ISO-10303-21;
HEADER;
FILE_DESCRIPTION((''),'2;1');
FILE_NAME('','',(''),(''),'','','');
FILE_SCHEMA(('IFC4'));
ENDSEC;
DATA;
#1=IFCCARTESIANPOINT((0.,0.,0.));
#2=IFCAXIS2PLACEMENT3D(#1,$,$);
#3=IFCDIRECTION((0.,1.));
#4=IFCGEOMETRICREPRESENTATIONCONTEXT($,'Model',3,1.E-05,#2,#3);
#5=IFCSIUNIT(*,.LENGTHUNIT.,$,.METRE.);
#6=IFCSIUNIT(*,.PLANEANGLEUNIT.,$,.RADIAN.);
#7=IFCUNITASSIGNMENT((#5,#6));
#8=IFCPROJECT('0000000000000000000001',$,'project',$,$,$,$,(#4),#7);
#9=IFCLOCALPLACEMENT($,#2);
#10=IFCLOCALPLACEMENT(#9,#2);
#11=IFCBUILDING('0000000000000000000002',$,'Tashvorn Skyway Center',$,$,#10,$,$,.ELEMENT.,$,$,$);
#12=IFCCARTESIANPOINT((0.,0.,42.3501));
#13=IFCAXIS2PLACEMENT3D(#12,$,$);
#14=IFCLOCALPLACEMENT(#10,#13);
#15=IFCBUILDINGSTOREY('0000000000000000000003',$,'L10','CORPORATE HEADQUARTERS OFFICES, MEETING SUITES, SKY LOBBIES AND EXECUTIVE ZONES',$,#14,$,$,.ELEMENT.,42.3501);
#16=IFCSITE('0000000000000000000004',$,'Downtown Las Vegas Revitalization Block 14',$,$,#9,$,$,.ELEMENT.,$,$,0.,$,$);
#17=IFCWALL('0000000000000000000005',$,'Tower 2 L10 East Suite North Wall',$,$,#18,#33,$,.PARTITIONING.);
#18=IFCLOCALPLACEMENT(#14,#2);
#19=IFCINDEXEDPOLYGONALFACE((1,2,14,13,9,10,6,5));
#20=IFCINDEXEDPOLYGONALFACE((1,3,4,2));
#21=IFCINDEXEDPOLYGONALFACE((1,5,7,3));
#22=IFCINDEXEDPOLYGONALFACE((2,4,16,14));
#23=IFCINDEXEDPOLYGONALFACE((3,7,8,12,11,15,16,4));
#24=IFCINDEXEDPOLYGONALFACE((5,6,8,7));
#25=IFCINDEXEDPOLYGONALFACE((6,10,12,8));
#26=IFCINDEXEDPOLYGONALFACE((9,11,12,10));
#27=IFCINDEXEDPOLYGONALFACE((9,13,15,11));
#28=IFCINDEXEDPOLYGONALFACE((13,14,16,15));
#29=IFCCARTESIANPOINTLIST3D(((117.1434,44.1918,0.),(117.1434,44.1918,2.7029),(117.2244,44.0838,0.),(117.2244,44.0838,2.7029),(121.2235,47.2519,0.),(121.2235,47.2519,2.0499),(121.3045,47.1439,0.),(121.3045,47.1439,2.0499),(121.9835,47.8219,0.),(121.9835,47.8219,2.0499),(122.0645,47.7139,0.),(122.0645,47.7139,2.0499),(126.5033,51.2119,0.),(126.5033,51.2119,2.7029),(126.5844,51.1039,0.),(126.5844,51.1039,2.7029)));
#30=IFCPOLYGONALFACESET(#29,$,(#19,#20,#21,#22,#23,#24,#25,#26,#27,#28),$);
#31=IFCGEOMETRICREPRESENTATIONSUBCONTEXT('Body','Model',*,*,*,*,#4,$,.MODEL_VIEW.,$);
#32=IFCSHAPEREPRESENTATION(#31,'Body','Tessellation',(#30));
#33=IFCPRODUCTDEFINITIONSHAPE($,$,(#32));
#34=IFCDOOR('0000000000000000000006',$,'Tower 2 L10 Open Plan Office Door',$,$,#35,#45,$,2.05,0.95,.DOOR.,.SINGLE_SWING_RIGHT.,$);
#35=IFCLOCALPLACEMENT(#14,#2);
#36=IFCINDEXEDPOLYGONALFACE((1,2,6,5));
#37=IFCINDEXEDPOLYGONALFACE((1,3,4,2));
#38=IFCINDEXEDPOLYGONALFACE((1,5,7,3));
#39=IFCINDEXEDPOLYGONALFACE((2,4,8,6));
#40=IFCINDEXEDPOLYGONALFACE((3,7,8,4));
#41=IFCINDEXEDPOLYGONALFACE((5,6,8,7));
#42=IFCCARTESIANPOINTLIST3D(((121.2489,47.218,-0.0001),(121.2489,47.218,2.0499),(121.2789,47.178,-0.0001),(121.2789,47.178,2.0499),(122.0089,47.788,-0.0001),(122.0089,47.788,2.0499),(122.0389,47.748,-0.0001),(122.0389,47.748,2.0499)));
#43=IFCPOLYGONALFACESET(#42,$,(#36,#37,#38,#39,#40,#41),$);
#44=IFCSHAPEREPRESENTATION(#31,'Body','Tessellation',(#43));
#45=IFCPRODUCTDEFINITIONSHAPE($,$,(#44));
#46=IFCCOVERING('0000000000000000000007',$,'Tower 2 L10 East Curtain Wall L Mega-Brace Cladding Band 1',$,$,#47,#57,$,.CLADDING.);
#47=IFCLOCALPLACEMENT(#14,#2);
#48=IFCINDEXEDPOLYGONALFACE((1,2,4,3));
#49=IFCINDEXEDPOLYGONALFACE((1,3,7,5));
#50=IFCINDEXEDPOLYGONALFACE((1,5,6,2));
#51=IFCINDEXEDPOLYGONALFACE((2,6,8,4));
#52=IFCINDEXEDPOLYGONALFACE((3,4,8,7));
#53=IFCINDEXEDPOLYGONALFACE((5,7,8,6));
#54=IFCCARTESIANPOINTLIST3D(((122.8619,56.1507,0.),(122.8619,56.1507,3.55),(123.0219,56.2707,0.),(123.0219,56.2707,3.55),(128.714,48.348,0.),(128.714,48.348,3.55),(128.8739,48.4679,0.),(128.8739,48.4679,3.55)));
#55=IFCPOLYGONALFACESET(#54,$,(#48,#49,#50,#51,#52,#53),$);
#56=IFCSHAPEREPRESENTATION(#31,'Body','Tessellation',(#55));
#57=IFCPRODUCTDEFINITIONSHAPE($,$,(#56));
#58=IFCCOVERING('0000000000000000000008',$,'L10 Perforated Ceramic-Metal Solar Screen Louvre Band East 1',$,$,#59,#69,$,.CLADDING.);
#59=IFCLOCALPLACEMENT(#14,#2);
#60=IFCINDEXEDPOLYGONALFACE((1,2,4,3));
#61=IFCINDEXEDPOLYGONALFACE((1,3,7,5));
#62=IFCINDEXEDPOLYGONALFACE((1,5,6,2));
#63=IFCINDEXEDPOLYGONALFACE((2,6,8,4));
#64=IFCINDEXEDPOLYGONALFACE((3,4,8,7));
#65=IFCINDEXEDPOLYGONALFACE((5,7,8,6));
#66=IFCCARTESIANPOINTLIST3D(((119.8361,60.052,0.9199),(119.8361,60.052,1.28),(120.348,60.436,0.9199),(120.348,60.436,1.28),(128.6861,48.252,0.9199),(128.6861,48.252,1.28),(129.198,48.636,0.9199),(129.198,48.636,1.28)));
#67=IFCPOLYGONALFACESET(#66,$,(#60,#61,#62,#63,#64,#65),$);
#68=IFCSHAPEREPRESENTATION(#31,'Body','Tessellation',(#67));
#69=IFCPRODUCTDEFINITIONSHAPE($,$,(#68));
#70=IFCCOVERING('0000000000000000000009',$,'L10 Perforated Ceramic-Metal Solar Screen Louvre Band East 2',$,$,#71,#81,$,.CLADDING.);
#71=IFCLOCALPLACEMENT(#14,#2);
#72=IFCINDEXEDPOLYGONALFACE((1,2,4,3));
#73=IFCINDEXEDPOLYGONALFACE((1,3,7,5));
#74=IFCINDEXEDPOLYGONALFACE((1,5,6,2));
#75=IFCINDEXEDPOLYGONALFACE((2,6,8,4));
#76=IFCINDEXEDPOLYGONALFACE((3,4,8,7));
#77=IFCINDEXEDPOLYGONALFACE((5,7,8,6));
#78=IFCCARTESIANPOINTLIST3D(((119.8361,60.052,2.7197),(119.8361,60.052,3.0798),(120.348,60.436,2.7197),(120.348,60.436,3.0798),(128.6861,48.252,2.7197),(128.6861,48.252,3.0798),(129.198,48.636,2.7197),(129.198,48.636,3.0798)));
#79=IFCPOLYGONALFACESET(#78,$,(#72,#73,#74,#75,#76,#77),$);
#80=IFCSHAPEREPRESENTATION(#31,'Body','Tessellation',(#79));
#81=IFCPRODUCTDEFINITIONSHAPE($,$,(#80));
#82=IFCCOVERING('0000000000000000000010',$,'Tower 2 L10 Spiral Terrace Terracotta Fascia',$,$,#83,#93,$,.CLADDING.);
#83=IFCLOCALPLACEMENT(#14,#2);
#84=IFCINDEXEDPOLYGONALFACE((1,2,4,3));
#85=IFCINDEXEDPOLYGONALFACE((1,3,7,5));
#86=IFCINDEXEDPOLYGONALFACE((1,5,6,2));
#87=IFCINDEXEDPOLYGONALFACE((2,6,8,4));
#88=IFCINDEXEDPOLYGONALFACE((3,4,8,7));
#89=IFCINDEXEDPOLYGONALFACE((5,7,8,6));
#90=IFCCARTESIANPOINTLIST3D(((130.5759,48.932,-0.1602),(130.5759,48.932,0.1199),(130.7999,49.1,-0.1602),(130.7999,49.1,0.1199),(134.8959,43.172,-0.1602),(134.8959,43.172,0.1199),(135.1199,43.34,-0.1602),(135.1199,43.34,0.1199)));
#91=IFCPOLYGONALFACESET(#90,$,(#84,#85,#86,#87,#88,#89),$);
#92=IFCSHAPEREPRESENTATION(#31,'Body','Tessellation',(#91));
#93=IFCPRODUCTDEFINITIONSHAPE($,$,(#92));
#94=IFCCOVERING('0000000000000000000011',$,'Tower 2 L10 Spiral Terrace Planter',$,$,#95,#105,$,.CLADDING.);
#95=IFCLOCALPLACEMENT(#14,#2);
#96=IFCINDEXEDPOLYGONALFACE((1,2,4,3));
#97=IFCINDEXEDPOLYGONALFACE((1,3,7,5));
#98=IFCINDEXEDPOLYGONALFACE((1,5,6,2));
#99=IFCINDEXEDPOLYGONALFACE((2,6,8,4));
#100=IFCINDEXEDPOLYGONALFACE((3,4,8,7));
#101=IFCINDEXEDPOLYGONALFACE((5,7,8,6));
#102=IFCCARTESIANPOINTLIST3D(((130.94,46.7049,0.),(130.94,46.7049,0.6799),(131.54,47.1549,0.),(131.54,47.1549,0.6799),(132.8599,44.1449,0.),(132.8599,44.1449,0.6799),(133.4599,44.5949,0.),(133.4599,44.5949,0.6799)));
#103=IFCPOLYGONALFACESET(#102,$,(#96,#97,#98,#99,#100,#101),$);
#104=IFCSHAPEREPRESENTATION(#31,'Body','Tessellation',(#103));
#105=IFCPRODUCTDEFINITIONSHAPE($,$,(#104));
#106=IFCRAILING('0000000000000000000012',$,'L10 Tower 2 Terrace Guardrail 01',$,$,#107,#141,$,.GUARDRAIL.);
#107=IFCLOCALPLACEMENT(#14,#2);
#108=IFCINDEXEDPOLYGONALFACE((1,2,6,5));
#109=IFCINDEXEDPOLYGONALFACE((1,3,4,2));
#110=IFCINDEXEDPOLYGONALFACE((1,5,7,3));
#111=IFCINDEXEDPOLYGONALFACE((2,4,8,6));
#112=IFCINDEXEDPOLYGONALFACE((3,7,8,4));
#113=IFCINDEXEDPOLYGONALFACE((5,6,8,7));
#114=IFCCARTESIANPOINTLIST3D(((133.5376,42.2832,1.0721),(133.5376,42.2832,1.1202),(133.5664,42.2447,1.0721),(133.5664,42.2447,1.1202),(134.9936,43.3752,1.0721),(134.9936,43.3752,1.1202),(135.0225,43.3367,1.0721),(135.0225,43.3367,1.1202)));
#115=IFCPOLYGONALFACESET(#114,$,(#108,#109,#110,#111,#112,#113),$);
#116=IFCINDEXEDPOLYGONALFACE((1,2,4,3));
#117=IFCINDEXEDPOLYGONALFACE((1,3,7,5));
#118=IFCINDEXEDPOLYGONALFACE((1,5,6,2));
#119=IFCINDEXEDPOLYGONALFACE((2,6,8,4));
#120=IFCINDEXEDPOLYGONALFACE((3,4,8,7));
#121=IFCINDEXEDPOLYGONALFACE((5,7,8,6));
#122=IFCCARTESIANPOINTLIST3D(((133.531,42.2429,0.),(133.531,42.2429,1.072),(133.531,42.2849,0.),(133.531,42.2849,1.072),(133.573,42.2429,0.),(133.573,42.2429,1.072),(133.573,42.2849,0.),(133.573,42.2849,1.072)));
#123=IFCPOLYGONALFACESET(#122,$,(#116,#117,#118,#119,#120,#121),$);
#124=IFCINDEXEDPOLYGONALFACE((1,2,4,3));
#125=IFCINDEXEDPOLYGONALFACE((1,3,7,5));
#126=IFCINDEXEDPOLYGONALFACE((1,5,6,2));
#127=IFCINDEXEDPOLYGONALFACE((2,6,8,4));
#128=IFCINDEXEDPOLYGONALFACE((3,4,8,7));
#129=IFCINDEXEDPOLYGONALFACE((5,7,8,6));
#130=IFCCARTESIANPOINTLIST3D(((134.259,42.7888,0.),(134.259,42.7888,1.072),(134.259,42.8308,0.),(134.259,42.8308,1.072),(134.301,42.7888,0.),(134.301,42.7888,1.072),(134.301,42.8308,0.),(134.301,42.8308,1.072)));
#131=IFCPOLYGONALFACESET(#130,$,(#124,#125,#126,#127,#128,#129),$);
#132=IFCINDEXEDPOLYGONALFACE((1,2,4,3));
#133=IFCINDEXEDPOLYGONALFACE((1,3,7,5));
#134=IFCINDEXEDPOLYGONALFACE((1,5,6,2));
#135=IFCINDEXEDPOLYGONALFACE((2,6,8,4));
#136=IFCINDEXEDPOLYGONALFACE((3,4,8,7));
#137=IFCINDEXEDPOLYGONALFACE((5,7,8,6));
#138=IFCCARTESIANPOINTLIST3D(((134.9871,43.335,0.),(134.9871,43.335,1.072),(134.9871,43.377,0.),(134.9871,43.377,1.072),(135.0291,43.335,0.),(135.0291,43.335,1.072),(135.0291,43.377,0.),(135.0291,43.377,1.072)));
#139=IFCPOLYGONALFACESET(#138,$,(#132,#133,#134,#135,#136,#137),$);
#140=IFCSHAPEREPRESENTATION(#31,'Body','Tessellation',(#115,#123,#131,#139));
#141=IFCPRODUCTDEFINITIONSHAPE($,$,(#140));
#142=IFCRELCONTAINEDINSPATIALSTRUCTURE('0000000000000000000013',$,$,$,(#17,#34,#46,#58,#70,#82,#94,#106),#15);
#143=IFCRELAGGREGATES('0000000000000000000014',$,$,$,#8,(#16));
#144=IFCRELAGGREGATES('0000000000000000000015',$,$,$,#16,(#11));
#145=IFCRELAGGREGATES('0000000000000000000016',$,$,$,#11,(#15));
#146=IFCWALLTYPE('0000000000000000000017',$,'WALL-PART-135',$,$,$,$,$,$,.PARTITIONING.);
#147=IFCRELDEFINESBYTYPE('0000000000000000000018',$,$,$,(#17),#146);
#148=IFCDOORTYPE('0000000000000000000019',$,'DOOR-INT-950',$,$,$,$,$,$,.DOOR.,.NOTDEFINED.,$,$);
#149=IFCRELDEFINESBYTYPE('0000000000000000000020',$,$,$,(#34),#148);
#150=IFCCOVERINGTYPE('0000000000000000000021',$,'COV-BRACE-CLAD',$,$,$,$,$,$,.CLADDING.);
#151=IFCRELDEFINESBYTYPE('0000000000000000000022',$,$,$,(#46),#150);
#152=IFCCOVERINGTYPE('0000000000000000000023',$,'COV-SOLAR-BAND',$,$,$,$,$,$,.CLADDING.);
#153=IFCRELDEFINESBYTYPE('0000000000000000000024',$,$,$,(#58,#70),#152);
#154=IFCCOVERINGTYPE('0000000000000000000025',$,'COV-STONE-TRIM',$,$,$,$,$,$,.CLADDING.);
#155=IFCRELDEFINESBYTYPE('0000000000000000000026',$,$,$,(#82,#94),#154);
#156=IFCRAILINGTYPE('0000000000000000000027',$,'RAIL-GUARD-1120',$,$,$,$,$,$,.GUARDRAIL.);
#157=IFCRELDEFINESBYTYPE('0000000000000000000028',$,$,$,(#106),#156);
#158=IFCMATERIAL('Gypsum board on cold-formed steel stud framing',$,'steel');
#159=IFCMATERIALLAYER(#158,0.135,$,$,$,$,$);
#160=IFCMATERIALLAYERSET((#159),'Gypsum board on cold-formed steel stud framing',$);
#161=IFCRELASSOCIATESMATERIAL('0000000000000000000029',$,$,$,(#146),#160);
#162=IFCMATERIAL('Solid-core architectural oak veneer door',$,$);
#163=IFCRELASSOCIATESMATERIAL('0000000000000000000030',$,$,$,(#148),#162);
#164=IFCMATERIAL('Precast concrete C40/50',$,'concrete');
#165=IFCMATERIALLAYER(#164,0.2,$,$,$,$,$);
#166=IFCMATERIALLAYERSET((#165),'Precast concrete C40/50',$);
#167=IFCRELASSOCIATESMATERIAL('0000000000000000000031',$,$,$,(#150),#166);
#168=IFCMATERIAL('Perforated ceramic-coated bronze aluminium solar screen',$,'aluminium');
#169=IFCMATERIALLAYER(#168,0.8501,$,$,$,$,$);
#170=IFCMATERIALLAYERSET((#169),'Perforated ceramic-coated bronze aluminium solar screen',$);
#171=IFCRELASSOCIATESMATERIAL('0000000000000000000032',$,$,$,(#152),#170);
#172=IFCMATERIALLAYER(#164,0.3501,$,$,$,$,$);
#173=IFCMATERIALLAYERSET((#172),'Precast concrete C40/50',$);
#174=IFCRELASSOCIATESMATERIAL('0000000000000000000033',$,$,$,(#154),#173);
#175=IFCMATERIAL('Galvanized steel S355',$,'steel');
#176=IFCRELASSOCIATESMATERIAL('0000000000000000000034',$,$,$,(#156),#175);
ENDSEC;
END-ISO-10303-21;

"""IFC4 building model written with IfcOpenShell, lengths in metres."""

from ifc_helpers import new_model, si_unit, direction, frame, frame_2d, origin, origin_2d, place, context, subcontext, project, spatial, rectangle, extrude, material, layer, layer_set, type_object, element, fill, save


model = new_model("IFC4")

# Units and contexts
model_context = context("Model", 3, precision=1e-05, world=origin(), true_north=direction((0.0, 1.0)))
body_context = subcontext(model_context, "Body", "Model", "MODEL_VIEW")
ifc_project = project(units=[si_unit("LENGTHUNIT", "METRE"), si_unit("PLANEANGLEUNIT", "RADIAN")], contexts=[model_context])

# Site, building, storey
site_placement = place(None, origin())
site = spatial("IfcSite", under=ifc_project, at=site_placement, Name="Downtown Las Vegas Revitalization Block 14", CompositionType="ELEMENT", RefElevation=0.0)
building_placement = place(site_placement, origin())
building = spatial("IfcBuilding", under=site, at=building_placement, Name="Tashvorn Skyway Center", CompositionType="ELEMENT")
storey_placement = place(building_placement, frame((0.0, 0.0, 42.3501)))
storey = spatial("IfcBuildingStorey", under=building, at=storey_placement, Name="L10", Description="CORPORATE HEADQUARTERS OFFICES, MEETING SUITES, SKY LOBBIES AND EXECUTIVE ZONES", CompositionType="ELEMENT", Elevation=42.3501)

# Shared definitions
ifc_material_1 = material(Name="Precast concrete C40/50", Category="concrete")

# Shared definitions
ifc_material_2 = material(Name="Gypsum board on cold-formed steel stud framing", Category="steel")
ifc_layer_1 = layer(ifc_material_2, 0.135)
ifc_layer_set_1 = layer_set([ifc_layer_1], Name="Gypsum board on cold-formed steel stud framing")
wall_type_1 = type_object("IfcWallType", Name="WALL-PART-135", PredefinedType="PARTITIONING", material=ifc_layer_set_1)

# Wall, opening, door
wall_1_placement = place(storey_placement, frame((126.5439, 51.158, 0.0), z_axis=(0.0, 0.0, 1.0), x_axis=(-0.799995, -0.600007, 0.0)))
wall_1 = element("IfcWall", 1, at=wall_1_placement, inside=storey, type_object=wall_type_1, Name="Tower 2 L10 East Suite North Wall", PredefinedType="PARTITIONING", context=body_context, shape_type="SweptSolid", body=[
    extrude(rectangle(XDim=11.7, YDim=0.135, at=frame_2d((5.8501, 0.0))), origin(), (0.0, 0.0, 1.0), 2.7029),
])
opening_1_placement = place(wall_1_placement, frame((5.6499, 0.0, 0.0)))
opening_1 = element("IfcOpeningElement", 2, at=opening_1_placement, cuts=wall_1, PredefinedType="OPENING", context=body_context, shape_type="SweptSolid", body=[
    extrude(rectangle(XDim=0.95, YDim=2.05, at=frame_2d((0.4751, 1.0249))), frame((0.0, 0.0774, 0.0), z_axis=(0.0, -1.0, 0.0), x_axis=(1.0, 0.0, 0.0)), (0.0, 0.0, 1.0), 0.155),
])
ifc_material_3 = material(Name="Solid-core architectural oak veneer door")
door_type_1 = type_object("IfcDoorType", Name="DOOR-INT-950", OperationType="NOTDEFINED", PredefinedType="DOOR", material=ifc_material_3)
door_1_placement = place(opening_1_placement, origin())
door_1 = element("IfcDoor", 3, at=door_1_placement, inside=storey, type_object=door_type_1, Name="Tower 2 L10 Open Plan Office Door", OperationType="SINGLE_SWING_RIGHT", OverallHeight=2.05, OverallWidth=0.95, PredefinedType="DOOR", context=body_context, shape_type="SweptSolid", body=[
    extrude(rectangle(XDim=0.95, YDim=2.05, at=frame_2d((0.4751, 1.0249))), frame((0.0, 0.0249, 0.0), z_axis=(0.0, -1.0, 0.0), x_axis=(1.0, 0.0, 0.0)), (0.0, 0.0, 1.0), 0.05),
])
fill(opening_1, door_1)

# Coverings
ifc_layer_2 = layer(ifc_material_1, 0.2)
ifc_layer_set_2 = layer_set([ifc_layer_2], Name="Precast concrete C40/50")
covering_type_1 = type_object("IfcCoveringType", Name="COV-BRACE-CLAD", PredefinedType="CLADDING", material=ifc_layer_set_2)
covering_1_placement = place(storey_placement, frame((125.8679, 52.3093, 0.0), z_axis=(0.0, 0.0, 1.0), x_axis=(0.6, -0.8, 0.0)))
element("IfcCovering", 4, at=covering_1_placement, inside=storey, type_object=covering_type_1, Name="Tower 2 L10 East Curtain Wall L Mega-Brace Cladding Band 1", PredefinedType="CLADDING", context=body_context, shape_type="SweptSolid", body=[
    extrude(rectangle(XDim=9.7534, YDim=0.2, at=origin_2d()), origin(), (0.0, 0.0, 1.0), 3.55),
])
ifc_material_4 = material(Name="Perforated ceramic-coated bronze aluminium solar screen", Category="aluminium")
ifc_layer_3 = layer(ifc_material_4, 0.8501)
ifc_layer_set_3 = layer_set([ifc_layer_3], Name="Perforated ceramic-coated bronze aluminium solar screen")
covering_type_2 = type_object("IfcCoveringType", Name="COV-SOLAR-BAND", PredefinedType="CLADDING", material=ifc_layer_set_3)
for number, where, z_axis, x_axis, name in (
    (5, (124.5171, 54.344, 0.9199), (0.0, 0.0, 1.0), (0.6, -0.8, 0.0), "L10 Perforated Ceramic-Metal Solar Screen Louvre Band East 1"),
    (6, (124.5171, 54.344, 2.7197), (0.0, 0.0, 1.0), (0.6, -0.8, 0.0), "L10 Perforated Ceramic-Metal Solar Screen Louvre Band East 2"),
):
    element("IfcCovering", number, at=place(storey_placement, frame(where, z_axis=z_axis, x_axis=x_axis)), inside=storey, type_object=covering_type_2, Name=name, PredefinedType="CLADDING", context=body_context, shape_type="SweptSolid", body=[
        extrude(rectangle(XDim=14.75, YDim=0.6399, at=origin_2d()), origin(), (0.0, 0.0, 1.0), 0.3601),
    ])
ifc_layer_4 = layer(ifc_material_1, 0.3501)
ifc_layer_set_4 = layer_set([ifc_layer_4], Name="Precast concrete C40/50")
covering_type_3 = type_object("IfcCoveringType", Name="COV-STONE-TRIM", PredefinedType="CLADDING", material=ifc_layer_set_4)
covering_2_placement = place(storey_placement, frame((132.8479, 46.136, -0.1602), z_axis=(0.0, 0.0, 1.0), x_axis=(0.6, -0.8, 0.0)))
element("IfcCovering", 7, at=covering_2_placement, inside=storey, type_object=covering_type_3, Name="Tower 2 L10 Spiral Terrace Terracotta Fascia", PredefinedType="CLADDING", context=body_context, shape_type="SweptSolid", body=[
    extrude(rectangle(XDim=7.2, YDim=0.28, at=origin_2d()), origin(), (0.0, 0.0, 1.0), 0.28),
])
covering_3_placement = place(storey_placement, frame((132.2, 45.6499, 0.0), z_axis=(0.0, 0.0, 1.0), x_axis=(0.6, -0.8, 0.0)))
element("IfcCovering", 8, at=covering_3_placement, inside=storey, type_object=covering_type_3, Name="Tower 2 L10 Spiral Terrace Planter", PredefinedType="CLADDING", context=body_context, shape_type="SweptSolid", body=[
    extrude(rectangle(XDim=3.2, YDim=0.75, at=origin_2d()), origin(), (0.0, 0.0, 1.0), 0.6799),
])

# Railing
ifc_material_5 = material(Name="Galvanized steel S355", Category="steel")
railing_type = type_object("IfcRailingType", Name="RAIL-GUARD-1120", PredefinedType="GUARDRAIL", material=ifc_material_5)
railing_1_placement = place(storey_placement, frame((133.552, 42.2639, 0.0)))
element("IfcRailing", 9, at=railing_1_placement, inside=storey, type_object=railing_type, Name="L10 Tower 2 Terrace Guardrail 01", PredefinedType="GUARDRAIL", context=body_context, shape_type="SweptSolid", body=[
    extrude(rectangle(XDim=0.0481, YDim=0.0481, at=origin_2d()), frame((0.0, 0.0, 1.0962), z_axis=(0.8, 0.6, 0.0), x_axis=(-0.6, 0.8, 0.0)), (0.0, 0.0, 1.0), 1.8201),
    extrude(rectangle(XDim=0.042, YDim=0.042, at=origin_2d()), origin(), (0.0, 0.0, 1.0), 1.072),
    extrude(rectangle(XDim=0.042, YDim=0.042, at=origin_2d()), frame((0.728, 0.5459, 0.0)), (0.0, 0.0, 1.0), 1.072),
    extrude(rectangle(XDim=0.042, YDim=0.042, at=origin_2d()), frame((1.4561, 1.092, 0.0)), (0.0, 0.0, 1.0), 1.072),
])

save(model, "model.ifc")
